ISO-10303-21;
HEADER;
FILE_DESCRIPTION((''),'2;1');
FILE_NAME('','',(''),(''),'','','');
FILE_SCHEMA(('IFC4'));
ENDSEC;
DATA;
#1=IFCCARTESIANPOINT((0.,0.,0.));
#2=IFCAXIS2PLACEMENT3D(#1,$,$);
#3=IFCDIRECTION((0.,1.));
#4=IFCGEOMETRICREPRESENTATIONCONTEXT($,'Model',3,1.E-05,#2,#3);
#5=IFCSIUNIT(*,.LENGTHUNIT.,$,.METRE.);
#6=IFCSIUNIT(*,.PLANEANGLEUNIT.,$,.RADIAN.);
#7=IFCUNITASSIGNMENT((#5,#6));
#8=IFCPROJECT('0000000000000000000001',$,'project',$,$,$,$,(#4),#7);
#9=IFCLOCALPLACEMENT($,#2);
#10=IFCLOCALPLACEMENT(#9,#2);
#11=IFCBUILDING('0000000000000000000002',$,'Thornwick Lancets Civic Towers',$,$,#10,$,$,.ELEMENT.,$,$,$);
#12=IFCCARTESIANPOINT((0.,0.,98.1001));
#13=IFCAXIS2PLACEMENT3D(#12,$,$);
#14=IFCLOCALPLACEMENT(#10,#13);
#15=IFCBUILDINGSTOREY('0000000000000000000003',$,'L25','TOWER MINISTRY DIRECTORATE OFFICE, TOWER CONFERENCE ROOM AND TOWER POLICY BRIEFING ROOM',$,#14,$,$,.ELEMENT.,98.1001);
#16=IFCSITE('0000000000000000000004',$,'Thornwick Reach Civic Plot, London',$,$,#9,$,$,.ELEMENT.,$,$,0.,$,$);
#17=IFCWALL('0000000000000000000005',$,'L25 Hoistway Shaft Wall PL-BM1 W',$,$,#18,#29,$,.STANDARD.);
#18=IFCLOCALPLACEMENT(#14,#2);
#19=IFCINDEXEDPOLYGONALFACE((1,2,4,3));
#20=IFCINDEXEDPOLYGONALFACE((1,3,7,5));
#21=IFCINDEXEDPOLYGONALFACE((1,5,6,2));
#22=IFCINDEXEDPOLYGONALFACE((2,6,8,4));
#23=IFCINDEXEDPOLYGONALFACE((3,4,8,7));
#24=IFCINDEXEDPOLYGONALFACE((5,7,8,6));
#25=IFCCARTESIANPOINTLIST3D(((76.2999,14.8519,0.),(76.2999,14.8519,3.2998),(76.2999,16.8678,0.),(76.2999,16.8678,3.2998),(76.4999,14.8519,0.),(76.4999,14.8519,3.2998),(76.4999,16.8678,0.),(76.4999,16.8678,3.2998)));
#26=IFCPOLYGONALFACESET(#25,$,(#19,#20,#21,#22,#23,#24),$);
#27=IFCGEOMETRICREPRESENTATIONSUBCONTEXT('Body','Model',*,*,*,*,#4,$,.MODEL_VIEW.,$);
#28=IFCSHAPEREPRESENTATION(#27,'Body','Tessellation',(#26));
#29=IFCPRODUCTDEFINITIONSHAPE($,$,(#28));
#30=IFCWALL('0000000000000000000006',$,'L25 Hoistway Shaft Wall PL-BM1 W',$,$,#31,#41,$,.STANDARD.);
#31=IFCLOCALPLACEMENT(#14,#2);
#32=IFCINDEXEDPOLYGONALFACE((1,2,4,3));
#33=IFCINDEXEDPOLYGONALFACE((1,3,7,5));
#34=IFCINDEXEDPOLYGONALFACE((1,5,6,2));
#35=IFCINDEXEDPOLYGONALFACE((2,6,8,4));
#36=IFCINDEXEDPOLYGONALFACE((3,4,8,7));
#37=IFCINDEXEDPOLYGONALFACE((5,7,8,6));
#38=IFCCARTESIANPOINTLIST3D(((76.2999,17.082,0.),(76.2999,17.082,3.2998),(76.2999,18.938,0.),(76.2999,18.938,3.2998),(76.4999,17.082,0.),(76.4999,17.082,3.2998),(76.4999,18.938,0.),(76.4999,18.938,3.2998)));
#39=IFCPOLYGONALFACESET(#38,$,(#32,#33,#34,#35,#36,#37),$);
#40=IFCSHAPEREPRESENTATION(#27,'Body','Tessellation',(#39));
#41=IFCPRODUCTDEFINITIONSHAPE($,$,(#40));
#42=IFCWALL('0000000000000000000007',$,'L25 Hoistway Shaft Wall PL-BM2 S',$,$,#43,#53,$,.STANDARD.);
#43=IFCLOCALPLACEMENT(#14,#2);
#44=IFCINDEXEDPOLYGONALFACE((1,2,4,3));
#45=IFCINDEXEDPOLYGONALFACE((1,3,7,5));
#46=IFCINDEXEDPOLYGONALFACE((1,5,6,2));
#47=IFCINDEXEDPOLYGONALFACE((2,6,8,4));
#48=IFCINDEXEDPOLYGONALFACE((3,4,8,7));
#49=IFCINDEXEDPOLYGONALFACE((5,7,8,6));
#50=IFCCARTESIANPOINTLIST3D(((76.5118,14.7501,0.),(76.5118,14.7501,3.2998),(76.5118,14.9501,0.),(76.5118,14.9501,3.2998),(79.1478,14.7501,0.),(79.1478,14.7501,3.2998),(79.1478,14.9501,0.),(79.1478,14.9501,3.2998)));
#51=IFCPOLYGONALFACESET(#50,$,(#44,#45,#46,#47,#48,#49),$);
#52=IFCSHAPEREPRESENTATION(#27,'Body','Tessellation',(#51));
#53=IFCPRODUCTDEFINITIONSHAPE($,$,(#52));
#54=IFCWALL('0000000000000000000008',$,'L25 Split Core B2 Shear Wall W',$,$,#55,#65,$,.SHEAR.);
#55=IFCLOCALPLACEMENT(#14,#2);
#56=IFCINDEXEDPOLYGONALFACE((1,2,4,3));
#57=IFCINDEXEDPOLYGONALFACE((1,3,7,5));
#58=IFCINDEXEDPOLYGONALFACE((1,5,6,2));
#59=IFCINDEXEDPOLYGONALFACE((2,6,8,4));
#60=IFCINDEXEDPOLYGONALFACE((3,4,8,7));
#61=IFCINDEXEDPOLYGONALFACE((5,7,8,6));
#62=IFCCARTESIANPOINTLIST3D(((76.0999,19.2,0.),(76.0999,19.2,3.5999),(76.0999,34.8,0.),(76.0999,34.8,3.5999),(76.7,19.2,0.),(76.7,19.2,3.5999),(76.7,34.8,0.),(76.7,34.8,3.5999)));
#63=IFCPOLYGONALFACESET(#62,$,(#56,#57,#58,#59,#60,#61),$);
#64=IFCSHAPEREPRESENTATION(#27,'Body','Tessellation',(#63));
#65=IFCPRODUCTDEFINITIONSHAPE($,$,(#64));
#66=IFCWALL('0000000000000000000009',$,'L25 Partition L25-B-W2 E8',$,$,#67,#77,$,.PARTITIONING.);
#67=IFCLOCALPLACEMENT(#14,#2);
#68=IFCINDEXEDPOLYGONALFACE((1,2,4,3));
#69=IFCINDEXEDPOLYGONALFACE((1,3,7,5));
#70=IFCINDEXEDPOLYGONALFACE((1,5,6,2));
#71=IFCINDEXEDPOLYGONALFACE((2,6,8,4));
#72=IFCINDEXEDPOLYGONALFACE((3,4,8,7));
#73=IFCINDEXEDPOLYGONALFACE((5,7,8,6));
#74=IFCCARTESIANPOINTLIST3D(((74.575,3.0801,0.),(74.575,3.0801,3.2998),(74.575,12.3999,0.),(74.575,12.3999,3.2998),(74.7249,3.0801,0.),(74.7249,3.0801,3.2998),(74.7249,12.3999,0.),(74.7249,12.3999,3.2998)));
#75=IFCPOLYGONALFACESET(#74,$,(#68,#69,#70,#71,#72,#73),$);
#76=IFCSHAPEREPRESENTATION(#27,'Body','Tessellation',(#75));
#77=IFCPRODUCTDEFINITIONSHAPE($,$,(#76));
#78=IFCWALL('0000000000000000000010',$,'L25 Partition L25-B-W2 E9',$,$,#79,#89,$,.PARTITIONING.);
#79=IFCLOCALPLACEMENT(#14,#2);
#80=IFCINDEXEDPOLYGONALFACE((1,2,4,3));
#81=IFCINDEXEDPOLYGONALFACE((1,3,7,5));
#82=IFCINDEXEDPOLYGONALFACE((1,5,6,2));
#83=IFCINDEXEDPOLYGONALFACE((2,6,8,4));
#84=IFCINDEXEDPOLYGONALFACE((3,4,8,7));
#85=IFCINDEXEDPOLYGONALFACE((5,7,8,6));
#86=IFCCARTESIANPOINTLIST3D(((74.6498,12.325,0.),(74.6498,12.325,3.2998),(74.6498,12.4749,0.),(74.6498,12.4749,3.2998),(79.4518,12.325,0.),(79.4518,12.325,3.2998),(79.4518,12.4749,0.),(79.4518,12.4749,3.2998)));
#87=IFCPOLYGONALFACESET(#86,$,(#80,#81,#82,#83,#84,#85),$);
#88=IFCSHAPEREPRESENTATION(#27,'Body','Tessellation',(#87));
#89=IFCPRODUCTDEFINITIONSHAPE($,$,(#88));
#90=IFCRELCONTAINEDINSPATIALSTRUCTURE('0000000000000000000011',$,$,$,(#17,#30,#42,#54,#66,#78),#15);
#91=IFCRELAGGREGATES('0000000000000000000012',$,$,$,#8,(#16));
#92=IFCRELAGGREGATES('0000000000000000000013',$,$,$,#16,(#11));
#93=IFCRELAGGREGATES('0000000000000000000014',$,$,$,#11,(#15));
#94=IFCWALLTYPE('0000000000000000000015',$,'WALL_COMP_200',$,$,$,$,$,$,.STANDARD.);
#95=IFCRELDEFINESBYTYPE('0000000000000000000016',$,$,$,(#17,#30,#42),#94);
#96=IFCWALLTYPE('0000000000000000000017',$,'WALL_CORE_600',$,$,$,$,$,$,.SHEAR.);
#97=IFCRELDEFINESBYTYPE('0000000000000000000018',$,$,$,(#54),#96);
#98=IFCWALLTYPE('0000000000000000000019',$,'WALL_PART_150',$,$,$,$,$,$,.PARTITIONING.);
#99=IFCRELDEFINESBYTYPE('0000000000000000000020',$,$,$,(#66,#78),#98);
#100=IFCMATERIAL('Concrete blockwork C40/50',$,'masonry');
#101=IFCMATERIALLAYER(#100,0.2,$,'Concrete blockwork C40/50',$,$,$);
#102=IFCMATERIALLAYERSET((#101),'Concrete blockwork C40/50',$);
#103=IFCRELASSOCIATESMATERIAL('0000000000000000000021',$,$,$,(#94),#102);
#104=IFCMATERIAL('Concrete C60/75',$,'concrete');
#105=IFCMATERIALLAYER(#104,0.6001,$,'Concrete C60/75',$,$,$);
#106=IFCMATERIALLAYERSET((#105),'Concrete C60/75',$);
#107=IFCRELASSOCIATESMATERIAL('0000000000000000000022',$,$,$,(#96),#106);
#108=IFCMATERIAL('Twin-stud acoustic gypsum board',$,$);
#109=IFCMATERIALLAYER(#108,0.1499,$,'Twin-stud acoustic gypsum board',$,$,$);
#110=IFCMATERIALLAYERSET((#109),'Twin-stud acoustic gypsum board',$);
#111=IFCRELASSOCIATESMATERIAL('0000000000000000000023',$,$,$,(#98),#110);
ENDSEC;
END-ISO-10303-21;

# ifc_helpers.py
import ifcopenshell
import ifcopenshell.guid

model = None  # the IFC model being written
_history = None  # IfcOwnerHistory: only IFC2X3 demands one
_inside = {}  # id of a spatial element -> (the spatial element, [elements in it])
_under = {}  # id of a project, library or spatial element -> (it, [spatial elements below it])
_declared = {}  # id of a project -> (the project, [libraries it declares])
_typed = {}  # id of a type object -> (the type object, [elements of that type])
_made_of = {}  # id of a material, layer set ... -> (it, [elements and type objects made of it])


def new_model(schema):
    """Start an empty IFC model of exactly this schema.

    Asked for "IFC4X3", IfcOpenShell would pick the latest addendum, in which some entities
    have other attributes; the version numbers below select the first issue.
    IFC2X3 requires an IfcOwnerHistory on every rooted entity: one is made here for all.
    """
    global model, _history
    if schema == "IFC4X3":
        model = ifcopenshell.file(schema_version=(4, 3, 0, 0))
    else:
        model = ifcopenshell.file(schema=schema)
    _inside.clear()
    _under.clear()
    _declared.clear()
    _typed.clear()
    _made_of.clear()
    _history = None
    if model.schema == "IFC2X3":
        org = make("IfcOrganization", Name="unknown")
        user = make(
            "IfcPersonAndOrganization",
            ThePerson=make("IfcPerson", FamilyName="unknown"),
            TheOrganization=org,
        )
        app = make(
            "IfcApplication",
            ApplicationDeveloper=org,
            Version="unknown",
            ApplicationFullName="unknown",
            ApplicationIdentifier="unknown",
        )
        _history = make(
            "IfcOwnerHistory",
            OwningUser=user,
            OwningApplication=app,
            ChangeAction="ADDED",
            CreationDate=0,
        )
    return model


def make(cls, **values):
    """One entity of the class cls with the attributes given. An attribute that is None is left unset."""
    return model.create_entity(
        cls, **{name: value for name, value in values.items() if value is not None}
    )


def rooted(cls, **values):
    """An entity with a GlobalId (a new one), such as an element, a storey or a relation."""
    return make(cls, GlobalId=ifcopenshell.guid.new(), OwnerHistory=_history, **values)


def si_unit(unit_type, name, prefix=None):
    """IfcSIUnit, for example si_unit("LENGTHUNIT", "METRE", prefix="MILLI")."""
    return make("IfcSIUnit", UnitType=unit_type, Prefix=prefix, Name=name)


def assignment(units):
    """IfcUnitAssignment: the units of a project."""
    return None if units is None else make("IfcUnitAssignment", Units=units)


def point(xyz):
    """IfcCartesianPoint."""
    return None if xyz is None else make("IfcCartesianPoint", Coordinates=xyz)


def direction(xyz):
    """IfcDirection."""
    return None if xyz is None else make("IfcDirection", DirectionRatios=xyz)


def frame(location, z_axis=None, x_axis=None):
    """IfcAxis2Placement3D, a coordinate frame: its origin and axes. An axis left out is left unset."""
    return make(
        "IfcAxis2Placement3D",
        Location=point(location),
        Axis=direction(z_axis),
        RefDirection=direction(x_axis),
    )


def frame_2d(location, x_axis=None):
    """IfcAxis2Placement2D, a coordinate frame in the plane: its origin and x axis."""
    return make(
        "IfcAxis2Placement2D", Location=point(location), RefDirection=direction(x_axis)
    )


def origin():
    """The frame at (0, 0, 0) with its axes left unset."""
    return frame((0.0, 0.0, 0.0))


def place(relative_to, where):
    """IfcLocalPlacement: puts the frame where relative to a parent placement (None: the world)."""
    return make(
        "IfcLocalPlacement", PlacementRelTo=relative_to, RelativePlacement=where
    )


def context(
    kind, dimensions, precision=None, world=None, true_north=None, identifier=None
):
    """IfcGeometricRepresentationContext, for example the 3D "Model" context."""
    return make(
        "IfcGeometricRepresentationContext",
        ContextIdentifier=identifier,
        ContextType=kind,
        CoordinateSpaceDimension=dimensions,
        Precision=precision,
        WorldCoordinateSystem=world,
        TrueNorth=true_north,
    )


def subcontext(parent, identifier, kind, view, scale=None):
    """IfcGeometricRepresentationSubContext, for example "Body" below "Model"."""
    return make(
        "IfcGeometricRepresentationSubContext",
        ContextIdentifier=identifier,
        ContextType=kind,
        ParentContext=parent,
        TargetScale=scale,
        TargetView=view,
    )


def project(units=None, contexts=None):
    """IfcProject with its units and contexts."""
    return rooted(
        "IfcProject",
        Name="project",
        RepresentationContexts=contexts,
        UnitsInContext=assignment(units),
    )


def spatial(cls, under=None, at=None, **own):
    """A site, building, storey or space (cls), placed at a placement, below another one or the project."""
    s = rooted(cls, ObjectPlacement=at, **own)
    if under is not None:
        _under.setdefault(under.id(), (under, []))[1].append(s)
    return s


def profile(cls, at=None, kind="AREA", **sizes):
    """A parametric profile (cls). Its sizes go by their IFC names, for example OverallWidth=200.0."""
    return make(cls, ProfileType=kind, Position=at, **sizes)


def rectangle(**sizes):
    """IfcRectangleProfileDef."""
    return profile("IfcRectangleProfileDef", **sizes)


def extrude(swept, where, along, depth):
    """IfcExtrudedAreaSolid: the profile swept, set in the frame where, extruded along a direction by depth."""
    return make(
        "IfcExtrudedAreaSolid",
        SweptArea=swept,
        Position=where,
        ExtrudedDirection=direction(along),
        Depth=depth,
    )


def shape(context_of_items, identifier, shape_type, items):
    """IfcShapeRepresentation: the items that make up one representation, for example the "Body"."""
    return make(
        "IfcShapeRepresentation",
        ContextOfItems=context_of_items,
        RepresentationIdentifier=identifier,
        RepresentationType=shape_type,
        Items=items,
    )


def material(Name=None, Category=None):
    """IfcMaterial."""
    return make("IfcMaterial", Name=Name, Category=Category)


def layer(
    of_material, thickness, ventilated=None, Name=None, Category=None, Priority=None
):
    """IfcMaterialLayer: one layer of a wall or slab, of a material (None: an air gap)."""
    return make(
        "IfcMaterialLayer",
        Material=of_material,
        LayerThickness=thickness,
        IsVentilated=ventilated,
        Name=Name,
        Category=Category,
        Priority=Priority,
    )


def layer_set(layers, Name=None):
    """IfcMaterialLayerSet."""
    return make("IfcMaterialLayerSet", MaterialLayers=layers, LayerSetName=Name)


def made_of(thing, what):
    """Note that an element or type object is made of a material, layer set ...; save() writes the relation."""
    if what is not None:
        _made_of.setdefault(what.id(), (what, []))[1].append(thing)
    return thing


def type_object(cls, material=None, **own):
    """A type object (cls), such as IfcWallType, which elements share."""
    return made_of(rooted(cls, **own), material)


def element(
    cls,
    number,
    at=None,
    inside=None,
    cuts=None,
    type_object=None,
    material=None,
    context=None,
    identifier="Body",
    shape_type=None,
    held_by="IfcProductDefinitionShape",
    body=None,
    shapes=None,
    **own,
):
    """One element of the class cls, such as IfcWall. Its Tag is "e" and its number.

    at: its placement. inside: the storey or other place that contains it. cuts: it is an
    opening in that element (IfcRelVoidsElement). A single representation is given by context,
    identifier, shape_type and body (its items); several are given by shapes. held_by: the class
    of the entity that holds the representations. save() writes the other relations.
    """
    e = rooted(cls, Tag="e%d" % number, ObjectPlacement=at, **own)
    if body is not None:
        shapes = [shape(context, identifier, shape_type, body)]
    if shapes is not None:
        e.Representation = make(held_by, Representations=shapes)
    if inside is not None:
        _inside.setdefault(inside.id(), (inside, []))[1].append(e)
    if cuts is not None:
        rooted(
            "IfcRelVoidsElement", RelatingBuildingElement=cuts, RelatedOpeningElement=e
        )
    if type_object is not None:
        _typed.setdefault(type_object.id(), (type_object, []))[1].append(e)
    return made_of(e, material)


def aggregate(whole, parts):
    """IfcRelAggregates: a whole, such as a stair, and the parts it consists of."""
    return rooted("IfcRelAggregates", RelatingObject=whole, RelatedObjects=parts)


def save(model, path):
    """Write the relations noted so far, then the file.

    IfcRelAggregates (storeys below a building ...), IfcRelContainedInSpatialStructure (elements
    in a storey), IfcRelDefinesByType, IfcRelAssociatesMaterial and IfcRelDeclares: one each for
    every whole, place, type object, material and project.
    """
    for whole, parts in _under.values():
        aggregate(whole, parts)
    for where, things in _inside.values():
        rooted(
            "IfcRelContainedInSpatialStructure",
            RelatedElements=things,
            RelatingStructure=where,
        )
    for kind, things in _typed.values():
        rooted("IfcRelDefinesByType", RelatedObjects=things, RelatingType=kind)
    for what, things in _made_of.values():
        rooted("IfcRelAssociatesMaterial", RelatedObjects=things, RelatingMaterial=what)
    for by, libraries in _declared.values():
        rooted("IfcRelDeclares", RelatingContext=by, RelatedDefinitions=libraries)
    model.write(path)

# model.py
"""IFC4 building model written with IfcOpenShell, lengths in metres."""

from ifc_helpers import new_model, si_unit, direction, frame, frame_2d, origin, place, context, subcontext, project, spatial, rectangle, extrude, material, layer, layer_set, type_object, element, save


model = new_model("IFC4")

# Units and contexts
model_context = context("Model", 3, precision=1e-05, world=origin(), true_north=direction((0.0, 1.0)))
body_context = subcontext(model_context, "Body", "Model", "MODEL_VIEW")
ifc_project = project(units=[si_unit("LENGTHUNIT", "METRE"), si_unit("PLANEANGLEUNIT", "RADIAN")], contexts=[model_context])

# Site, building, storey
site_placement = place(None, origin())
site = spatial("IfcSite", under=ifc_project, at=site_placement, Name="Thornwick Reach Civic Plot, London", CompositionType="ELEMENT", RefElevation=0.0)
building_placement = place(site_placement, origin())
building = spatial("IfcBuilding", under=site, at=building_placement, Name="Thornwick Lancets Civic Towers", CompositionType="ELEMENT")
storey_placement = place(building_placement, frame((0.0, 0.0, 98.1001)))
storey = spatial("IfcBuildingStorey", under=building, at=storey_placement, Name="L25", Description="TOWER MINISTRY DIRECTORATE OFFICE, TOWER CONFERENCE ROOM AND TOWER POLICY BRIEFING ROOM", CompositionType="ELEMENT", Elevation=98.1001)

# Shared definitions
ifc_material_1 = material(Name="Concrete C60/75", Category="concrete")

# Walls
ifc_material_2 = material(Name="Concrete blockwork C40/50", Category="masonry")
ifc_layer_1 = layer(ifc_material_2, 0.2, Name="Concrete blockwork C40/50")
ifc_layer_set_1 = layer_set([ifc_layer_1], Name="Concrete blockwork C40/50")
wall_type_1 = type_object("IfcWallType", Name="WALL_COMP_200", PredefinedType="STANDARD", material=ifc_layer_set_1)
wall_1_placement = place(storey_placement, frame((76.3999, 14.8521, 0.0), z_axis=(0.0, 0.0, 1.0), x_axis=(0.0, 1.0, 0.0)))
element("IfcWall", 1, at=wall_1_placement, inside=storey, type_object=wall_type_1, Name="L25 Hoistway Shaft Wall PL-BM1 W", PredefinedType="STANDARD", context=body_context, shape_type="SweptSolid", body=[
    extrude(rectangle(XDim=2.0159, YDim=0.2, at=frame_2d((1.0078, 0.0))), origin(), (0.0, 0.0, 1.0), 3.2998),
])
wall_2_placement = place(storey_placement, frame((76.3999, 17.082, 0.0), z_axis=(0.0, 0.0, 1.0), x_axis=(0.0, 1.0, 0.0)))
element("IfcWall", 2, at=wall_2_placement, inside=storey, type_object=wall_type_1, Name="L25 Hoistway Shaft Wall PL-BM1 W", PredefinedType="STANDARD", context=body_context, shape_type="SweptSolid", body=[
    extrude(rectangle(XDim=1.856, YDim=0.2, at=frame_2d((0.928, 0.0))), origin(), (0.0, 0.0, 1.0), 3.2998),
])
wall_3_placement = place(storey_placement, frame((76.512, 14.8501, 0.0), z_axis=(0.0, 0.0, 1.0), x_axis=(1.0, 0.0, 0.0)))
element("IfcWall", 3, at=wall_3_placement, inside=storey, type_object=wall_type_1, Name="L25 Hoistway Shaft Wall PL-BM2 S", PredefinedType="STANDARD", context=body_context, shape_type="SweptSolid", body=[
    extrude(rectangle(XDim=2.636, YDim=0.2, at=frame_2d((1.3179, 0.0))), origin(), (0.0, 0.0, 1.0), 3.2998),
])
ifc_layer_2 = layer(ifc_material_1, 0.6001, Name="Concrete C60/75")
ifc_layer_set_2 = layer_set([ifc_layer_2], Name="Concrete C60/75")
wall_type_2 = type_object("IfcWallType", Name="WALL_CORE_600", PredefinedType="SHEAR", material=ifc_layer_set_2)
wall_4_placement = place(storey_placement, frame((76.3999, 19.2, 0.0), z_axis=(0.0, 0.0, 1.0), x_axis=(0.0, 1.0, 0.0)))
element("IfcWall", 4, at=wall_4_placement, inside=storey, type_object=wall_type_2, Name="L25 Split Core B2 Shear Wall W", PredefinedType="SHEAR", context=body_context, shape_type="SweptSolid", body=[
    extrude(rectangle(XDim=15.6001, YDim=0.6001, at=frame_2d((7.8, 0.0))), origin(), (0.0, 0.0, 1.0), 3.5999),
])
ifc_material_3 = material(Name="Twin-stud acoustic gypsum board")
ifc_layer_3 = layer(ifc_material_3, 0.1499, Name="Twin-stud acoustic gypsum board")
ifc_layer_set_3 = layer_set([ifc_layer_3], Name="Twin-stud acoustic gypsum board")
wall_type_3 = type_object("IfcWallType", Name="WALL_PART_150", PredefinedType="PARTITIONING", material=ifc_layer_set_3)
wall_5_placement = place(storey_placement, frame((74.6499, 3.0801, 0.0), z_axis=(0.0, 0.0, 1.0), x_axis=(0.0, 1.0, 0.0)))
element("IfcWall", 5, at=wall_5_placement, inside=storey, type_object=wall_type_3, Name="L25 Partition L25-B-W2 E8", PredefinedType="PARTITIONING", context=body_context, shape_type="SweptSolid", body=[
    extrude(rectangle(XDim=9.3198, YDim=0.1499, at=frame_2d((4.6599, 0.0))), origin(), (0.0, 0.0, 1.0), 3.2998),
])
wall_6_placement = place(storey_placement, frame((74.6499, 12.3999, 0.0), z_axis=(0.0, 0.0, 1.0), x_axis=(1.0, 0.0, 0.0)))
element("IfcWall", 6, at=wall_6_placement, inside=storey, type_object=wall_type_3, Name="L25 Partition L25-B-W2 E9", PredefinedType="PARTITIONING", context=body_context, shape_type="SweptSolid", body=[
    extrude(rectangle(XDim=4.802, YDim=0.1499, at=frame_2d((2.4009, 0.0))), origin(), (0.0, 0.0, 1.0), 3.2998),
])

save(model, "model.ifc")
